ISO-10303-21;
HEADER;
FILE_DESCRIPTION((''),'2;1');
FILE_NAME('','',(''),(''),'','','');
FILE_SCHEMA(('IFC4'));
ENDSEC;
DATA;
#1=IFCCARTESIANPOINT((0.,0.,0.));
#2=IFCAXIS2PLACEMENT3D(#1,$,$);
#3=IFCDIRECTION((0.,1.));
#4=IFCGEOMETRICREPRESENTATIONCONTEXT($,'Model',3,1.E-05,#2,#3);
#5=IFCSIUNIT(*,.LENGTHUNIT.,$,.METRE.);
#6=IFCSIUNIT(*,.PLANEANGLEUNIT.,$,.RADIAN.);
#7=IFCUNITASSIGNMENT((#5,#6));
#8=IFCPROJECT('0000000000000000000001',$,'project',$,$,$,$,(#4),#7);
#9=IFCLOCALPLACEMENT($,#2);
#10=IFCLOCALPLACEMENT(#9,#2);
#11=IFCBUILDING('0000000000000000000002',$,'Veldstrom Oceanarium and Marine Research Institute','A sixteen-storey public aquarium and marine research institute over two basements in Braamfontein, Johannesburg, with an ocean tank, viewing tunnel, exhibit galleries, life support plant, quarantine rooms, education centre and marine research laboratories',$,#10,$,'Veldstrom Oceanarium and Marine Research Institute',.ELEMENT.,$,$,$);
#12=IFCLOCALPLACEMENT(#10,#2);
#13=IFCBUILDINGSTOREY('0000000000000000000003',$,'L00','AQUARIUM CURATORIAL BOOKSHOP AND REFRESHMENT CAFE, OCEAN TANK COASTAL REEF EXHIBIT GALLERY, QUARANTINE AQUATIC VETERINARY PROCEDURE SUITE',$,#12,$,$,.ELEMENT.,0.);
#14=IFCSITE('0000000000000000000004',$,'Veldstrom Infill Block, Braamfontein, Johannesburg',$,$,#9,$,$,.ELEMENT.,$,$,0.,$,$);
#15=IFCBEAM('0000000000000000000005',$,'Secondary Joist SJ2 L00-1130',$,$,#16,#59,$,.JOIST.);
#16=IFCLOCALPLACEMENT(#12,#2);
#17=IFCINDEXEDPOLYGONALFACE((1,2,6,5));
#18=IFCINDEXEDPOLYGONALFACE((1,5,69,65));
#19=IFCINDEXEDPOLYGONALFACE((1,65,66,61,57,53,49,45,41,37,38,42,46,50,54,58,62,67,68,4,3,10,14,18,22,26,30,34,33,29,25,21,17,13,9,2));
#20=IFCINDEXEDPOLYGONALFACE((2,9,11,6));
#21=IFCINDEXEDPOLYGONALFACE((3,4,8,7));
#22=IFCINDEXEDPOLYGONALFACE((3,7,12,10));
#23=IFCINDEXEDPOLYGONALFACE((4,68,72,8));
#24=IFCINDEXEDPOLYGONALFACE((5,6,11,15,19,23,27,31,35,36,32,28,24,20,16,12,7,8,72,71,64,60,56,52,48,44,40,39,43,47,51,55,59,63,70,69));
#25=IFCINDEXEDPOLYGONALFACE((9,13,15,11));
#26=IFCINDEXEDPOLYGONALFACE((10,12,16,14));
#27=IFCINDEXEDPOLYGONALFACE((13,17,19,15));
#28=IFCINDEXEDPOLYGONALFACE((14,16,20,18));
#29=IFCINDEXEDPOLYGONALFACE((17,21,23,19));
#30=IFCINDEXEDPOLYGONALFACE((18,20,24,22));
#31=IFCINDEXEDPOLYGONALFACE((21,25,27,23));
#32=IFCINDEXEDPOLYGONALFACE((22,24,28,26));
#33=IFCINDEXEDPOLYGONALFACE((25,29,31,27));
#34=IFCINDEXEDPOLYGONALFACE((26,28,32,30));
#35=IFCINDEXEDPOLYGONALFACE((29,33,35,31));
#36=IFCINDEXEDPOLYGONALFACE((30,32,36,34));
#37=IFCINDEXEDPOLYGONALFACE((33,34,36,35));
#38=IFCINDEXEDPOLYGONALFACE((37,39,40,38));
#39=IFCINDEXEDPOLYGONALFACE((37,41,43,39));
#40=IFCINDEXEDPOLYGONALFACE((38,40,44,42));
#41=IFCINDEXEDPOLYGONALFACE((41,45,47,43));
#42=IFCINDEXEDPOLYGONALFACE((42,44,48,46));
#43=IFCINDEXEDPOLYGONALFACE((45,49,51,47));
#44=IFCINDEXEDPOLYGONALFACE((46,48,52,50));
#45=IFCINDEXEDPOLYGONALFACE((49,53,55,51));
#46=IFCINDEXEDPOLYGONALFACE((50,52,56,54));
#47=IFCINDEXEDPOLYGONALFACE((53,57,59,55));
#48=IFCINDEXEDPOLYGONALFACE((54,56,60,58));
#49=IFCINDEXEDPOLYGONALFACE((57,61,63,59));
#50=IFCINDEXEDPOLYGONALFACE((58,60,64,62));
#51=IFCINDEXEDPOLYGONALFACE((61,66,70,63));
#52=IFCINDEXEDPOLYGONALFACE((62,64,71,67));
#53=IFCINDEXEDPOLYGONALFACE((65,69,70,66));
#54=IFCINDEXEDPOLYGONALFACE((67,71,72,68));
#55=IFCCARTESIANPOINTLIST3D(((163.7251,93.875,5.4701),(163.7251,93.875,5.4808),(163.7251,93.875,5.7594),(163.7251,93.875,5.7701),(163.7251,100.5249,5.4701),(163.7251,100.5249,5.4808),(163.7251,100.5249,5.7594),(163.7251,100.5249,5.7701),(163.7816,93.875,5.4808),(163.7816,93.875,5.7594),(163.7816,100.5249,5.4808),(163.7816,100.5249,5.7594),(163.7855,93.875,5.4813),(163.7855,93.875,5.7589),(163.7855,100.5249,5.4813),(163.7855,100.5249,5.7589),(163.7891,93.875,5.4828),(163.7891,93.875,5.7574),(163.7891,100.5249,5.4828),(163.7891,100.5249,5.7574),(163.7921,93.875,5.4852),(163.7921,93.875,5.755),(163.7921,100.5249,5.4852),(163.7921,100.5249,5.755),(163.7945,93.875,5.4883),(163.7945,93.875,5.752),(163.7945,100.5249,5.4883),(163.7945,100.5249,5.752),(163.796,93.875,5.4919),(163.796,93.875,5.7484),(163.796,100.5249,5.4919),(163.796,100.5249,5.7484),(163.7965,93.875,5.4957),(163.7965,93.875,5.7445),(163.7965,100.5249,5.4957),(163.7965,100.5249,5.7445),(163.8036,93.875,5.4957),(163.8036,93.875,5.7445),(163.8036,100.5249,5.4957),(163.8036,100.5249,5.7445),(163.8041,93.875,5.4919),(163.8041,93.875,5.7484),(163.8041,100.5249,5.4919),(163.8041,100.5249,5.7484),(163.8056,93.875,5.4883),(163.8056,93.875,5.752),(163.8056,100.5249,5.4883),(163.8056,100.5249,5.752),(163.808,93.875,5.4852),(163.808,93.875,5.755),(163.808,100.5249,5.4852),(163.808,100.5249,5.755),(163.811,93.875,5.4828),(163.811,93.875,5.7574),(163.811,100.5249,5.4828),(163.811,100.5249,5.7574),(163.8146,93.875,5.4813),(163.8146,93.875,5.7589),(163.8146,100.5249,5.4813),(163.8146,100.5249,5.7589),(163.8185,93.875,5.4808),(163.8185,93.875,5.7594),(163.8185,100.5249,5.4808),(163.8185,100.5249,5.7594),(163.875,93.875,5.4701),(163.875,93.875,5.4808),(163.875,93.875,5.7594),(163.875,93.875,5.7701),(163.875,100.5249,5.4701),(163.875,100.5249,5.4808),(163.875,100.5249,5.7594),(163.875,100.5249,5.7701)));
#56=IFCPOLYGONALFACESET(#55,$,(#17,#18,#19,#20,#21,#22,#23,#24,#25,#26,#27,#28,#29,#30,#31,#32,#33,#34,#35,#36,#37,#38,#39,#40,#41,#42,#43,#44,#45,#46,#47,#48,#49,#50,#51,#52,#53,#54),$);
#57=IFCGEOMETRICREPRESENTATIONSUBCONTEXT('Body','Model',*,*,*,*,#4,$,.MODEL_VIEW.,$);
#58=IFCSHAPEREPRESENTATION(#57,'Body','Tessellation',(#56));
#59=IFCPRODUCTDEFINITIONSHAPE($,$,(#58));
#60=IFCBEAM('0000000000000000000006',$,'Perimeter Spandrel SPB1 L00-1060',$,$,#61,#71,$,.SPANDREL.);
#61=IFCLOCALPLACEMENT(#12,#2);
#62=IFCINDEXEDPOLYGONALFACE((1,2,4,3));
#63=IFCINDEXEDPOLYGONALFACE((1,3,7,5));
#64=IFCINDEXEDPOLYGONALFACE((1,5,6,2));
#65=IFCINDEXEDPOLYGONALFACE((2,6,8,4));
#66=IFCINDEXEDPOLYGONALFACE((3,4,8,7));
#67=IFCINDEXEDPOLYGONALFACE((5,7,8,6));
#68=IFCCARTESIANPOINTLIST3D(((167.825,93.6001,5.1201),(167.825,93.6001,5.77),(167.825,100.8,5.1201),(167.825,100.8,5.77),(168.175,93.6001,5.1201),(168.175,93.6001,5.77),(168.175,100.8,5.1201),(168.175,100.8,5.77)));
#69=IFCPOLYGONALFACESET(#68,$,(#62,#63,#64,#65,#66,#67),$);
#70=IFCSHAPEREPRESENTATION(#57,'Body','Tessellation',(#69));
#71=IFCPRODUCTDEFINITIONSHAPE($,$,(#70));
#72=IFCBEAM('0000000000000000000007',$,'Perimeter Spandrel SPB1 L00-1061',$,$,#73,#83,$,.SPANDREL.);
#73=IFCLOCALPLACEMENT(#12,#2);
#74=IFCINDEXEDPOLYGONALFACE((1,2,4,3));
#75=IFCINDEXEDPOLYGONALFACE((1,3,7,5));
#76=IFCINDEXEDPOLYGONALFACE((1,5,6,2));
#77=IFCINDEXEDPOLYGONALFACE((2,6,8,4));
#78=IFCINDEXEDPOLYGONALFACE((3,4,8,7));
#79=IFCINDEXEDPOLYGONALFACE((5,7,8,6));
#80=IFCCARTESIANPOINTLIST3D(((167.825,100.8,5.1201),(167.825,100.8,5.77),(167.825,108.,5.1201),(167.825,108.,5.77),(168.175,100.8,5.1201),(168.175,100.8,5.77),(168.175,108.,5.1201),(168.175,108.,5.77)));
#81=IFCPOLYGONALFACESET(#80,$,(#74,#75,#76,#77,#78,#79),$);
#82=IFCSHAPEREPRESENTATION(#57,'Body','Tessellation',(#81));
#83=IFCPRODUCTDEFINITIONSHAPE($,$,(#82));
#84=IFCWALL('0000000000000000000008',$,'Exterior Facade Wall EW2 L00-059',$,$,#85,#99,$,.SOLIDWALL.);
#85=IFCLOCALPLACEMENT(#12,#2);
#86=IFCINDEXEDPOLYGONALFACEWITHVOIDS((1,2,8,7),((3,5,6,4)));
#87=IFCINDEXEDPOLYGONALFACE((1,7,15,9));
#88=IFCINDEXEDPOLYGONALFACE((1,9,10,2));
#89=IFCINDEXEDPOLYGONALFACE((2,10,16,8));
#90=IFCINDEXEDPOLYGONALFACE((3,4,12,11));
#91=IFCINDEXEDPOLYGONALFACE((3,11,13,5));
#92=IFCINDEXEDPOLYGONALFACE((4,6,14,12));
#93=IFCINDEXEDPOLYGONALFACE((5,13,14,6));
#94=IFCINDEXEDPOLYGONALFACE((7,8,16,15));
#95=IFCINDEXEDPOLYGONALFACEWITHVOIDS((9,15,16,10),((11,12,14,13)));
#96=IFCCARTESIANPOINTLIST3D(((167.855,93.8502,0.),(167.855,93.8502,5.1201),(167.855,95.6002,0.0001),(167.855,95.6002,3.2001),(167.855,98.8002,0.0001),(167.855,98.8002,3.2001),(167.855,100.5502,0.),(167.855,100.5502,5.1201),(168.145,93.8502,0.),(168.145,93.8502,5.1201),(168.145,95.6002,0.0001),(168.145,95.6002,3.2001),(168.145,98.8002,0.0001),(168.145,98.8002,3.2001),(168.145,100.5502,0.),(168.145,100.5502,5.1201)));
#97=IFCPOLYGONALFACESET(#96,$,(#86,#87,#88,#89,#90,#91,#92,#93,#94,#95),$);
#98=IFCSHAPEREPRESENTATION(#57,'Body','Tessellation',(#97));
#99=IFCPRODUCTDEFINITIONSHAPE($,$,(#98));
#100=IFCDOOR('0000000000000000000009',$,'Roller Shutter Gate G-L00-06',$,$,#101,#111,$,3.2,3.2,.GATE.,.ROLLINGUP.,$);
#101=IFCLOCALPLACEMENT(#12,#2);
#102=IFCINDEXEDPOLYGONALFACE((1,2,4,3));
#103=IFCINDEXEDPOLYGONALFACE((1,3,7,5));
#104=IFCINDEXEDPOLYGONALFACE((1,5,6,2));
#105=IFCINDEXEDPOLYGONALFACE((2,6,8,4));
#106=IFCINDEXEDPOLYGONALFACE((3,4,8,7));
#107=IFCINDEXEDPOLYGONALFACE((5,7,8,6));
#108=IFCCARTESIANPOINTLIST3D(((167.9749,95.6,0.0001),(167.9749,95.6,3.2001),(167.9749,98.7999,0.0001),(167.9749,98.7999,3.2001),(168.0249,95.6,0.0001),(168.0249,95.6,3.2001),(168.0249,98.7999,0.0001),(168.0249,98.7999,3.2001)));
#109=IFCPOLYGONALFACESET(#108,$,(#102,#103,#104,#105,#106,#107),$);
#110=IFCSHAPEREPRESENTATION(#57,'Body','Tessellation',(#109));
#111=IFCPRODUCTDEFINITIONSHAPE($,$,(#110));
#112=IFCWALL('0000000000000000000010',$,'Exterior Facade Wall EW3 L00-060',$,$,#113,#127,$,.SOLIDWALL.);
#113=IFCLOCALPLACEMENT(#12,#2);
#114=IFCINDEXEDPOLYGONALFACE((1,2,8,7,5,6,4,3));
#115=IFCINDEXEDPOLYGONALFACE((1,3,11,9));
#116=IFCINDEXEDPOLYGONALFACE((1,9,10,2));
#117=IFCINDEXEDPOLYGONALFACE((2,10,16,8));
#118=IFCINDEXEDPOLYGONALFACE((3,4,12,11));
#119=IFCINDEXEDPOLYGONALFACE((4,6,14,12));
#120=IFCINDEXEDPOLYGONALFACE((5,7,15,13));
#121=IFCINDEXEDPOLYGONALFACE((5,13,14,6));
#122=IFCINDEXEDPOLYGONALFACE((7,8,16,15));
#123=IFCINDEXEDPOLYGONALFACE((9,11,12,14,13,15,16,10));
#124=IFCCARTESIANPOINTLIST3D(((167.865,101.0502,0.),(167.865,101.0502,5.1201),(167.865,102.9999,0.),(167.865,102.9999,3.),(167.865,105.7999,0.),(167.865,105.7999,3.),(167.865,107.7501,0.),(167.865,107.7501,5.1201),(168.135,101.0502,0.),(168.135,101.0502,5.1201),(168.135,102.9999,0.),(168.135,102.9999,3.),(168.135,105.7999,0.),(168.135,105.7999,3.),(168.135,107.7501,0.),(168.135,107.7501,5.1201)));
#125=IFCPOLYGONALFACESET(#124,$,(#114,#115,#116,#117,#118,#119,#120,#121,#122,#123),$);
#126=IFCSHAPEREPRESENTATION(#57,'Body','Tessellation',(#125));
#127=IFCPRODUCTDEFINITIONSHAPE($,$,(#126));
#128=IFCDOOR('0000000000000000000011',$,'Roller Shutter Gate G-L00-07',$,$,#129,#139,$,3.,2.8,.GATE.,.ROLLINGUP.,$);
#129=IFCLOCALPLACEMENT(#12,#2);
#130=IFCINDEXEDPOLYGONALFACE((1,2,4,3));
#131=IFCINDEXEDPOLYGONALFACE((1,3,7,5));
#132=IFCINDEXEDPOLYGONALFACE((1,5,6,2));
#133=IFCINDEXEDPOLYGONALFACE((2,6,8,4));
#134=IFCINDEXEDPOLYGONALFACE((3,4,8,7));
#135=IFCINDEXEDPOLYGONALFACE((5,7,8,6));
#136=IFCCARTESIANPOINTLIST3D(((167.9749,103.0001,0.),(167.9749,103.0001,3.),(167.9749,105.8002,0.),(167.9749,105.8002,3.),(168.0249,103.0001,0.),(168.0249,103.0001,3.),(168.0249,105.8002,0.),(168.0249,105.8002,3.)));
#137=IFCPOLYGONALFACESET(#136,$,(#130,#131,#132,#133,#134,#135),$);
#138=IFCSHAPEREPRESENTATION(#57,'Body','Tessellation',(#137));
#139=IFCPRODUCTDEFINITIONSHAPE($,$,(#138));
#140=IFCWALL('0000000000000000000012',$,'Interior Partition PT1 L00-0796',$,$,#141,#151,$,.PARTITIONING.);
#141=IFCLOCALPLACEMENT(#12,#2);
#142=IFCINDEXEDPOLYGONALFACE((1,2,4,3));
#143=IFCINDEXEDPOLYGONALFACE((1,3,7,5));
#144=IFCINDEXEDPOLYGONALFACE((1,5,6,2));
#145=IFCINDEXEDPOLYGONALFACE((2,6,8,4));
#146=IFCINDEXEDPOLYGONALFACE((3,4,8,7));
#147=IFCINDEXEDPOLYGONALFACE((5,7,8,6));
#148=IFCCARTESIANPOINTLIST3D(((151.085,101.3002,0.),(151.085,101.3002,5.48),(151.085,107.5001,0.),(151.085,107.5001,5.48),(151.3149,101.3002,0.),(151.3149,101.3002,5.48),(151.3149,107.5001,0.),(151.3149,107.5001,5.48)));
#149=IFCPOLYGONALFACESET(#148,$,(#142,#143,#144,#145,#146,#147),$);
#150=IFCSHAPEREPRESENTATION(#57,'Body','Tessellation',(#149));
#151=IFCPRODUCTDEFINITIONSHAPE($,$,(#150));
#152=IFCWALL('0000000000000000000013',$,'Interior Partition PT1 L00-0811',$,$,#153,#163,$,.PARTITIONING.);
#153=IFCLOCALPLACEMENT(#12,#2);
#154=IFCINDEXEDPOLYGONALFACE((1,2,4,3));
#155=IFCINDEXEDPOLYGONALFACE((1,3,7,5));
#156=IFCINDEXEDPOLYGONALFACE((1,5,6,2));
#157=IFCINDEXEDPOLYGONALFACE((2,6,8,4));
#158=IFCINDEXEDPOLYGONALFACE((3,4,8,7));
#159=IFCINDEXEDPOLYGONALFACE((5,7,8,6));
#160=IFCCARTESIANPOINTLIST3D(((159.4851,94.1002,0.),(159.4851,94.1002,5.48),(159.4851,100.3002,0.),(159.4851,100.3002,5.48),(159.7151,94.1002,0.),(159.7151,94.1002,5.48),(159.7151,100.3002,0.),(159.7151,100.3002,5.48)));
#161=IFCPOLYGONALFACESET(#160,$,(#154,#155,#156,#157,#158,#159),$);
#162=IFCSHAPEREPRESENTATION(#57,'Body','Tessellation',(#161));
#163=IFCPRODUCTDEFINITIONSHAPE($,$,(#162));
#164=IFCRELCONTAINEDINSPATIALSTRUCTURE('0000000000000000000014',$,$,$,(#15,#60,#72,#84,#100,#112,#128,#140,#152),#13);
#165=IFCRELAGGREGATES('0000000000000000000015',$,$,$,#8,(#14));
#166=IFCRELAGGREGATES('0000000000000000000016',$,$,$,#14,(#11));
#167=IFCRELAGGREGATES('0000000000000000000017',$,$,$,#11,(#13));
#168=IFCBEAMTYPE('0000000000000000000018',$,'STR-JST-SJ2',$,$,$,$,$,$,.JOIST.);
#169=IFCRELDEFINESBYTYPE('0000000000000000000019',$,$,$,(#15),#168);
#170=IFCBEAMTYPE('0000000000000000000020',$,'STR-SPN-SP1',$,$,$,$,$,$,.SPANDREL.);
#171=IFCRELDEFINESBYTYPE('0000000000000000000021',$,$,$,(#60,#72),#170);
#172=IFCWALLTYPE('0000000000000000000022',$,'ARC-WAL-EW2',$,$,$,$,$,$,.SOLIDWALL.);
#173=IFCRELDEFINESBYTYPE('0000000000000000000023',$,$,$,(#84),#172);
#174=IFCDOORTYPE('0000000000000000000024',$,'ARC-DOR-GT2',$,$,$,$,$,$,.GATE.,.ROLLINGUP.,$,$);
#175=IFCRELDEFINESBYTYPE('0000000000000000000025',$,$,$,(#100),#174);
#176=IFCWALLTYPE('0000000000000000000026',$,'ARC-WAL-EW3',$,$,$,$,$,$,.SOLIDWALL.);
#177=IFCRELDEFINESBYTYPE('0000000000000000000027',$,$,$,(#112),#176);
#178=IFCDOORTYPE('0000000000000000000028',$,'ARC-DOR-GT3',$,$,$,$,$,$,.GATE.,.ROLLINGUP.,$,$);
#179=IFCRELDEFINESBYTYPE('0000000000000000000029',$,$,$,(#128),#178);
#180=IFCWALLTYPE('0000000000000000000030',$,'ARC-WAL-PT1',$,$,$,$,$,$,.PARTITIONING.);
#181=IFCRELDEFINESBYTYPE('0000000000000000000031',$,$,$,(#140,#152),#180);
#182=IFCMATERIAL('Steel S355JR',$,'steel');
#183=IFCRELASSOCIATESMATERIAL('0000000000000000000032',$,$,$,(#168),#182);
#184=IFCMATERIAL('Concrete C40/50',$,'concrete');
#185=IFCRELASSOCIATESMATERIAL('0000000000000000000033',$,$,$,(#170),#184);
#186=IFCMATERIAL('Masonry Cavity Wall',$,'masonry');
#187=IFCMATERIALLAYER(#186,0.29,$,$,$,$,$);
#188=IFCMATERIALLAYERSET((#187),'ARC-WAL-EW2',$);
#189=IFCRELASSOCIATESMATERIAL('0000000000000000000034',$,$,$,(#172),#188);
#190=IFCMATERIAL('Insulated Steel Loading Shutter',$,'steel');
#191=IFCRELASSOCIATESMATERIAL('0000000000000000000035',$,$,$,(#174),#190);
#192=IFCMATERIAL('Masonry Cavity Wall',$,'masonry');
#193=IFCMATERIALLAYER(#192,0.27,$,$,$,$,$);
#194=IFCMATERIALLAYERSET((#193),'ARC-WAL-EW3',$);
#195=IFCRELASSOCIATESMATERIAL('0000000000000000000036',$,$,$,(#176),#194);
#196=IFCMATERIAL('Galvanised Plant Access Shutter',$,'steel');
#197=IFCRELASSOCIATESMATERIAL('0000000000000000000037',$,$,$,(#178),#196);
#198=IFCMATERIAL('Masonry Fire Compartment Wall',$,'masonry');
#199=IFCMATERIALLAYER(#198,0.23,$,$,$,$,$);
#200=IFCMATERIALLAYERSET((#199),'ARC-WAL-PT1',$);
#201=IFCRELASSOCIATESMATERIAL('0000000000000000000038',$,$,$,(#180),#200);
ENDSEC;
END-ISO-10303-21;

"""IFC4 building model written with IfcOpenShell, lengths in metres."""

from ifc_helpers import new_model, si_unit, direction, frame, frame_2d, origin, origin_2d, place, context, subcontext, project, spatial, rectangle, i_section, extrude, material, layer, layer_set, material_profile, profile_set, type_object, element, fill, save


model = new_model("IFC4")

# Units and contexts
model_context = context("Model", 3, precision=1e-05, world=origin(), true_north=direction((0.0, 1.0)))
body_context = subcontext(model_context, "Body", "Model", "MODEL_VIEW")
ifc_project = project(units=[si_unit("LENGTHUNIT", "METRE"), si_unit("PLANEANGLEUNIT", "RADIAN")], contexts=[model_context])

# Site, building, storey
site_placement = place(None, origin())
site = spatial("IfcSite", under=ifc_project, at=site_placement, Name="Veldstrom Infill Block, Braamfontein, Johannesburg", CompositionType="ELEMENT", RefElevation=0.0)
building_placement = place(site_placement, origin())
building = spatial("IfcBuilding", under=site, at=building_placement, Name="Veldstrom Oceanarium and Marine Research Institute", Description="A sixteen-storey public aquarium and marine research institute over two basements in Braamfontein, Johannesburg, with an ocean tank, viewing tunnel, exhibit galleries, life support plant, quarantine rooms, education centre and marine research laboratories", LongName="Veldstrom Oceanarium and Marine Research Institute", CompositionType="ELEMENT")
storey_placement = place(building_placement, origin())
storey = spatial("IfcBuildingStorey", under=building, at=storey_placement, Name="L00", Description="AQUARIUM CURATORIAL BOOKSHOP AND REFRESHMENT CAFE, OCEAN TANK COASTAL REEF EXHIBIT GALLERY, QUARANTINE AQUATIC VETERINARY PROCEDURE SUITE", CompositionType="ELEMENT", Elevation=0.0)

# Beams
ifc_material_1 = material(Name="Steel S355JR", Category="steel")
ifc_material_profile_1 = material_profile(ifc_material_1, i_section(OverallWidth=0.1499, OverallDepth=0.3, WebThickness=0.0071, FlangeThickness=0.0107, FilletRadius=0.0149, at=origin_2d()), Name="IPE 300")
ifc_profile_set_1 = profile_set([ifc_material_profile_1], Name="Steel S355JR")
beam_type_1 = type_object("IfcBeamType", Name="STR-JST-SJ2", PredefinedType="JOIST", material=ifc_profile_set_1)
beam_1_placement = place(storey_placement, frame((163.8, 93.875, 5.6201), z_axis=(0.0, 1.0, 0.0), x_axis=(-1.0, 0.0, 0.0)))
element("IfcBeam", 1, at=beam_1_placement, inside=storey, type_object=beam_type_1, Name="Secondary Joist SJ2 L00-1130", PredefinedType="JOIST", context=body_context, shape_type="SweptSolid", body=[
    extrude(i_section(OverallWidth=0.1499, OverallDepth=0.3, WebThickness=0.0071, FlangeThickness=0.0107, FilletRadius=0.0149, at=origin_2d()), origin(), (0.0, 0.0, 1.0), 6.6499),
])
ifc_material_2 = material(Name="Concrete C40/50", Category="concrete")
ifc_material_profile_2 = material_profile(ifc_material_2, rectangle(XDim=0.3501, YDim=0.6499, at=origin_2d()), Name="RC-SPN-350x650")
ifc_profile_set_2 = profile_set([ifc_material_profile_2], Name="Concrete C40/50")
beam_type_2 = type_object("IfcBeamType", Name="STR-SPN-SP1", PredefinedType="SPANDREL", material=ifc_profile_set_2)
for number, where, z_axis, x_axis, name in (
    (2, (168.0, 93.6001, 5.4451), (0.0, 1.0, 0.0), (-1.0, 0.0, 0.0), "Perimeter Spandrel SPB1 L00-1060"),
    (3, (168.0, 100.8, 5.4451), (0.0, 1.0, 0.0), (-1.0, 0.0, 0.0), "Perimeter Spandrel SPB1 L00-1061"),
):
    element("IfcBeam", number, at=place(storey_placement, frame(where, z_axis=z_axis, x_axis=x_axis)), inside=storey, type_object=beam_type_2, Name=name, PredefinedType="SPANDREL", context=body_context, shape_type="SweptSolid", body=[
        extrude(rectangle(XDim=0.3501, YDim=0.6499, at=origin_2d()), origin(), (0.0, 0.0, 1.0), 7.2),
    ])

# Walls, openings, doors
ifc_material_3 = material(Name="Masonry Cavity Wall", Category="masonry")
ifc_layer_1 = layer(ifc_material_3, 0.29)
ifc_layer_set_1 = layer_set([ifc_layer_1], Name="ARC-WAL-EW2")
wall_type_1 = type_object("IfcWallType", Name="ARC-WAL-EW2", PredefinedType="SOLIDWALL", material=ifc_layer_set_1)
wall_1_placement = place(storey_placement, frame((168.0, 93.8501, 0.0), z_axis=(0.0, 0.0, 1.0), x_axis=(0.0, 1.0, 0.0)))
wall_1 = element("IfcWall", 4, at=wall_1_placement, inside=storey, type_object=wall_type_1, Name="Exterior Facade Wall EW2 L00-059", PredefinedType="SOLIDWALL", context=body_context, shape_type="SweptSolid", body=[
    extrude(rectangle(XDim=6.7, YDim=0.29, at=frame_2d((3.3501, 0.0))), origin(), (0.0, 0.0, 1.0), 5.1201),
])
opening_1_placement = place(wall_1_placement, frame((1.75, 0.0, 0.0)))
opening_1 = element("IfcOpeningElement", 5, at=opening_1_placement, cuts=wall_1, PredefinedType="OPENING", context=body_context, shape_type="SweptSolid", body=[
    extrude(rectangle(XDim=3.2, YDim=3.2, at=frame_2d((1.6001, 1.6001))), frame((0.0, 0.155, 0.0), z_axis=(0.0, -1.0, 0.0), x_axis=(1.0, 0.0, 0.0)), (0.0, 0.0, 1.0), 0.3101),
])
ifc_material_4 = material(Name="Insulated Steel Loading Shutter", Category="steel")
door_type_1 = type_object("IfcDoorType", Name="ARC-DOR-GT2", OperationType="ROLLINGUP", PredefinedType="GATE", material=ifc_material_4)
door_1_placement = place(opening_1_placement, frame((3.2, 0.0, 0.0), z_axis=(0.0, 0.0, 1.0), x_axis=(-1.0, 0.0, 0.0)))
door_1 = element("IfcDoor", 6, at=door_1_placement, inside=storey, type_object=door_type_1, Name="Roller Shutter Gate G-L00-06", OperationType="ROLLINGUP", OverallHeight=3.2, OverallWidth=3.2, PredefinedType="GATE", context=body_context, shape_type="SweptSolid", body=[
    extrude(rectangle(XDim=3.2, YDim=3.2, at=frame_2d((1.6001, 1.6001))), frame((0.0, 0.0249, 0.0), z_axis=(0.0, -1.0, 0.0), x_axis=(1.0, 0.0, 0.0)), (0.0, 0.0, 1.0), 0.05),
])
fill(opening_1, door_1)
ifc_material_5 = material(Name="Masonry Cavity Wall", Category="masonry")
ifc_layer_2 = layer(ifc_material_5, 0.27)
ifc_layer_set_2 = layer_set([ifc_layer_2], Name="ARC-WAL-EW3")
wall_type_2 = type_object("IfcWallType", Name="ARC-WAL-EW3", PredefinedType="SOLIDWALL", material=ifc_layer_set_2)
wall_2_placement = place(storey_placement, frame((168.0, 101.05, 0.0), z_axis=(0.0, 0.0, 1.0), x_axis=(0.0, 1.0, 0.0)))
wall_2 = element("IfcWall", 7, at=wall_2_placement, inside=storey, type_object=wall_type_2, Name="Exterior Facade Wall EW3 L00-060", PredefinedType="SOLIDWALL", context=body_context, shape_type="SweptSolid", body=[
    extrude(rectangle(XDim=6.7, YDim=0.27, at=frame_2d((3.3501, 0.0))), origin(), (0.0, 0.0, 1.0), 5.1201),
])
opening_2_placement = place(wall_2_placement, frame((1.95, 0.0, 0.0)))
opening_2 = element("IfcOpeningElement", 8, at=opening_2_placement, cuts=wall_2, PredefinedType="OPENING", context=body_context, shape_type="SweptSolid", body=[
    extrude(rectangle(XDim=2.8, YDim=3.0, at=frame_2d((1.3999, 1.5))), frame((0.0, 0.145, 0.0), z_axis=(0.0, -1.0, 0.0), x_axis=(1.0, 0.0, 0.0)), (0.0, 0.0, 1.0), 0.29),
])
ifc_material_6 = material(Name="Galvanised Plant Access Shutter", Category="steel")
door_type_2 = type_object("IfcDoorType", Name="ARC-DOR-GT3", OperationType="ROLLINGUP", PredefinedType="GATE", material=ifc_material_6)
door_2_placement = place(opening_2_placement, frame((2.8, 0.0, 0.0), z_axis=(0.0, 0.0, 1.0), x_axis=(-1.0, 0.0, 0.0)))
door_2 = element("IfcDoor", 9, at=door_2_placement, inside=storey, type_object=door_type_2, Name="Roller Shutter Gate G-L00-07", OperationType="ROLLINGUP", OverallHeight=3.0, OverallWidth=2.8, PredefinedType="GATE", context=body_context, shape_type="SweptSolid", body=[
    extrude(rectangle(XDim=2.8, YDim=3.0, at=frame_2d((1.3999, 1.5))), frame((0.0, 0.0249, 0.0), z_axis=(0.0, -1.0, 0.0), x_axis=(1.0, 0.0, 0.0)), (0.0, 0.0, 1.0), 0.05),
])
fill(opening_2, door_2)

# Walls
ifc_material_7 = material(Name="Masonry Fire Compartment Wall", Category="masonry")
ifc_layer_3 = layer(ifc_material_7, 0.23)
ifc_layer_set_3 = layer_set([ifc_layer_3], Name="ARC-WAL-PT1")
wall_type_3 = type_object("IfcWallType", Name="ARC-WAL-PT1", PredefinedType="PARTITIONING", material=ifc_layer_set_3)
for number, where, z_axis, x_axis, name in (
    (10, (151.2, 101.3, 0.0), (0.0, 0.0, 1.0), (0.0, 1.0, 0.0), "Interior Partition PT1 L00-0796"),
    (11, (159.6001, 94.1001, 0.0), (0.0, 0.0, 1.0), (0.0, 1.0, 0.0), "Interior Partition PT1 L00-0811"),
):
    element("IfcWall", number, at=place(storey_placement, frame(where, z_axis=z_axis, x_axis=x_axis)), inside=storey, type_object=wall_type_3, Name=name, PredefinedType="PARTITIONING", context=body_context, shape_type="SweptSolid", body=[
        extrude(rectangle(XDim=6.2, YDim=0.23, at=frame_2d((3.1001, 0.0))), origin(), (0.0, 0.0, 1.0), 5.48),
    ])

save(model, "model.ifc")
